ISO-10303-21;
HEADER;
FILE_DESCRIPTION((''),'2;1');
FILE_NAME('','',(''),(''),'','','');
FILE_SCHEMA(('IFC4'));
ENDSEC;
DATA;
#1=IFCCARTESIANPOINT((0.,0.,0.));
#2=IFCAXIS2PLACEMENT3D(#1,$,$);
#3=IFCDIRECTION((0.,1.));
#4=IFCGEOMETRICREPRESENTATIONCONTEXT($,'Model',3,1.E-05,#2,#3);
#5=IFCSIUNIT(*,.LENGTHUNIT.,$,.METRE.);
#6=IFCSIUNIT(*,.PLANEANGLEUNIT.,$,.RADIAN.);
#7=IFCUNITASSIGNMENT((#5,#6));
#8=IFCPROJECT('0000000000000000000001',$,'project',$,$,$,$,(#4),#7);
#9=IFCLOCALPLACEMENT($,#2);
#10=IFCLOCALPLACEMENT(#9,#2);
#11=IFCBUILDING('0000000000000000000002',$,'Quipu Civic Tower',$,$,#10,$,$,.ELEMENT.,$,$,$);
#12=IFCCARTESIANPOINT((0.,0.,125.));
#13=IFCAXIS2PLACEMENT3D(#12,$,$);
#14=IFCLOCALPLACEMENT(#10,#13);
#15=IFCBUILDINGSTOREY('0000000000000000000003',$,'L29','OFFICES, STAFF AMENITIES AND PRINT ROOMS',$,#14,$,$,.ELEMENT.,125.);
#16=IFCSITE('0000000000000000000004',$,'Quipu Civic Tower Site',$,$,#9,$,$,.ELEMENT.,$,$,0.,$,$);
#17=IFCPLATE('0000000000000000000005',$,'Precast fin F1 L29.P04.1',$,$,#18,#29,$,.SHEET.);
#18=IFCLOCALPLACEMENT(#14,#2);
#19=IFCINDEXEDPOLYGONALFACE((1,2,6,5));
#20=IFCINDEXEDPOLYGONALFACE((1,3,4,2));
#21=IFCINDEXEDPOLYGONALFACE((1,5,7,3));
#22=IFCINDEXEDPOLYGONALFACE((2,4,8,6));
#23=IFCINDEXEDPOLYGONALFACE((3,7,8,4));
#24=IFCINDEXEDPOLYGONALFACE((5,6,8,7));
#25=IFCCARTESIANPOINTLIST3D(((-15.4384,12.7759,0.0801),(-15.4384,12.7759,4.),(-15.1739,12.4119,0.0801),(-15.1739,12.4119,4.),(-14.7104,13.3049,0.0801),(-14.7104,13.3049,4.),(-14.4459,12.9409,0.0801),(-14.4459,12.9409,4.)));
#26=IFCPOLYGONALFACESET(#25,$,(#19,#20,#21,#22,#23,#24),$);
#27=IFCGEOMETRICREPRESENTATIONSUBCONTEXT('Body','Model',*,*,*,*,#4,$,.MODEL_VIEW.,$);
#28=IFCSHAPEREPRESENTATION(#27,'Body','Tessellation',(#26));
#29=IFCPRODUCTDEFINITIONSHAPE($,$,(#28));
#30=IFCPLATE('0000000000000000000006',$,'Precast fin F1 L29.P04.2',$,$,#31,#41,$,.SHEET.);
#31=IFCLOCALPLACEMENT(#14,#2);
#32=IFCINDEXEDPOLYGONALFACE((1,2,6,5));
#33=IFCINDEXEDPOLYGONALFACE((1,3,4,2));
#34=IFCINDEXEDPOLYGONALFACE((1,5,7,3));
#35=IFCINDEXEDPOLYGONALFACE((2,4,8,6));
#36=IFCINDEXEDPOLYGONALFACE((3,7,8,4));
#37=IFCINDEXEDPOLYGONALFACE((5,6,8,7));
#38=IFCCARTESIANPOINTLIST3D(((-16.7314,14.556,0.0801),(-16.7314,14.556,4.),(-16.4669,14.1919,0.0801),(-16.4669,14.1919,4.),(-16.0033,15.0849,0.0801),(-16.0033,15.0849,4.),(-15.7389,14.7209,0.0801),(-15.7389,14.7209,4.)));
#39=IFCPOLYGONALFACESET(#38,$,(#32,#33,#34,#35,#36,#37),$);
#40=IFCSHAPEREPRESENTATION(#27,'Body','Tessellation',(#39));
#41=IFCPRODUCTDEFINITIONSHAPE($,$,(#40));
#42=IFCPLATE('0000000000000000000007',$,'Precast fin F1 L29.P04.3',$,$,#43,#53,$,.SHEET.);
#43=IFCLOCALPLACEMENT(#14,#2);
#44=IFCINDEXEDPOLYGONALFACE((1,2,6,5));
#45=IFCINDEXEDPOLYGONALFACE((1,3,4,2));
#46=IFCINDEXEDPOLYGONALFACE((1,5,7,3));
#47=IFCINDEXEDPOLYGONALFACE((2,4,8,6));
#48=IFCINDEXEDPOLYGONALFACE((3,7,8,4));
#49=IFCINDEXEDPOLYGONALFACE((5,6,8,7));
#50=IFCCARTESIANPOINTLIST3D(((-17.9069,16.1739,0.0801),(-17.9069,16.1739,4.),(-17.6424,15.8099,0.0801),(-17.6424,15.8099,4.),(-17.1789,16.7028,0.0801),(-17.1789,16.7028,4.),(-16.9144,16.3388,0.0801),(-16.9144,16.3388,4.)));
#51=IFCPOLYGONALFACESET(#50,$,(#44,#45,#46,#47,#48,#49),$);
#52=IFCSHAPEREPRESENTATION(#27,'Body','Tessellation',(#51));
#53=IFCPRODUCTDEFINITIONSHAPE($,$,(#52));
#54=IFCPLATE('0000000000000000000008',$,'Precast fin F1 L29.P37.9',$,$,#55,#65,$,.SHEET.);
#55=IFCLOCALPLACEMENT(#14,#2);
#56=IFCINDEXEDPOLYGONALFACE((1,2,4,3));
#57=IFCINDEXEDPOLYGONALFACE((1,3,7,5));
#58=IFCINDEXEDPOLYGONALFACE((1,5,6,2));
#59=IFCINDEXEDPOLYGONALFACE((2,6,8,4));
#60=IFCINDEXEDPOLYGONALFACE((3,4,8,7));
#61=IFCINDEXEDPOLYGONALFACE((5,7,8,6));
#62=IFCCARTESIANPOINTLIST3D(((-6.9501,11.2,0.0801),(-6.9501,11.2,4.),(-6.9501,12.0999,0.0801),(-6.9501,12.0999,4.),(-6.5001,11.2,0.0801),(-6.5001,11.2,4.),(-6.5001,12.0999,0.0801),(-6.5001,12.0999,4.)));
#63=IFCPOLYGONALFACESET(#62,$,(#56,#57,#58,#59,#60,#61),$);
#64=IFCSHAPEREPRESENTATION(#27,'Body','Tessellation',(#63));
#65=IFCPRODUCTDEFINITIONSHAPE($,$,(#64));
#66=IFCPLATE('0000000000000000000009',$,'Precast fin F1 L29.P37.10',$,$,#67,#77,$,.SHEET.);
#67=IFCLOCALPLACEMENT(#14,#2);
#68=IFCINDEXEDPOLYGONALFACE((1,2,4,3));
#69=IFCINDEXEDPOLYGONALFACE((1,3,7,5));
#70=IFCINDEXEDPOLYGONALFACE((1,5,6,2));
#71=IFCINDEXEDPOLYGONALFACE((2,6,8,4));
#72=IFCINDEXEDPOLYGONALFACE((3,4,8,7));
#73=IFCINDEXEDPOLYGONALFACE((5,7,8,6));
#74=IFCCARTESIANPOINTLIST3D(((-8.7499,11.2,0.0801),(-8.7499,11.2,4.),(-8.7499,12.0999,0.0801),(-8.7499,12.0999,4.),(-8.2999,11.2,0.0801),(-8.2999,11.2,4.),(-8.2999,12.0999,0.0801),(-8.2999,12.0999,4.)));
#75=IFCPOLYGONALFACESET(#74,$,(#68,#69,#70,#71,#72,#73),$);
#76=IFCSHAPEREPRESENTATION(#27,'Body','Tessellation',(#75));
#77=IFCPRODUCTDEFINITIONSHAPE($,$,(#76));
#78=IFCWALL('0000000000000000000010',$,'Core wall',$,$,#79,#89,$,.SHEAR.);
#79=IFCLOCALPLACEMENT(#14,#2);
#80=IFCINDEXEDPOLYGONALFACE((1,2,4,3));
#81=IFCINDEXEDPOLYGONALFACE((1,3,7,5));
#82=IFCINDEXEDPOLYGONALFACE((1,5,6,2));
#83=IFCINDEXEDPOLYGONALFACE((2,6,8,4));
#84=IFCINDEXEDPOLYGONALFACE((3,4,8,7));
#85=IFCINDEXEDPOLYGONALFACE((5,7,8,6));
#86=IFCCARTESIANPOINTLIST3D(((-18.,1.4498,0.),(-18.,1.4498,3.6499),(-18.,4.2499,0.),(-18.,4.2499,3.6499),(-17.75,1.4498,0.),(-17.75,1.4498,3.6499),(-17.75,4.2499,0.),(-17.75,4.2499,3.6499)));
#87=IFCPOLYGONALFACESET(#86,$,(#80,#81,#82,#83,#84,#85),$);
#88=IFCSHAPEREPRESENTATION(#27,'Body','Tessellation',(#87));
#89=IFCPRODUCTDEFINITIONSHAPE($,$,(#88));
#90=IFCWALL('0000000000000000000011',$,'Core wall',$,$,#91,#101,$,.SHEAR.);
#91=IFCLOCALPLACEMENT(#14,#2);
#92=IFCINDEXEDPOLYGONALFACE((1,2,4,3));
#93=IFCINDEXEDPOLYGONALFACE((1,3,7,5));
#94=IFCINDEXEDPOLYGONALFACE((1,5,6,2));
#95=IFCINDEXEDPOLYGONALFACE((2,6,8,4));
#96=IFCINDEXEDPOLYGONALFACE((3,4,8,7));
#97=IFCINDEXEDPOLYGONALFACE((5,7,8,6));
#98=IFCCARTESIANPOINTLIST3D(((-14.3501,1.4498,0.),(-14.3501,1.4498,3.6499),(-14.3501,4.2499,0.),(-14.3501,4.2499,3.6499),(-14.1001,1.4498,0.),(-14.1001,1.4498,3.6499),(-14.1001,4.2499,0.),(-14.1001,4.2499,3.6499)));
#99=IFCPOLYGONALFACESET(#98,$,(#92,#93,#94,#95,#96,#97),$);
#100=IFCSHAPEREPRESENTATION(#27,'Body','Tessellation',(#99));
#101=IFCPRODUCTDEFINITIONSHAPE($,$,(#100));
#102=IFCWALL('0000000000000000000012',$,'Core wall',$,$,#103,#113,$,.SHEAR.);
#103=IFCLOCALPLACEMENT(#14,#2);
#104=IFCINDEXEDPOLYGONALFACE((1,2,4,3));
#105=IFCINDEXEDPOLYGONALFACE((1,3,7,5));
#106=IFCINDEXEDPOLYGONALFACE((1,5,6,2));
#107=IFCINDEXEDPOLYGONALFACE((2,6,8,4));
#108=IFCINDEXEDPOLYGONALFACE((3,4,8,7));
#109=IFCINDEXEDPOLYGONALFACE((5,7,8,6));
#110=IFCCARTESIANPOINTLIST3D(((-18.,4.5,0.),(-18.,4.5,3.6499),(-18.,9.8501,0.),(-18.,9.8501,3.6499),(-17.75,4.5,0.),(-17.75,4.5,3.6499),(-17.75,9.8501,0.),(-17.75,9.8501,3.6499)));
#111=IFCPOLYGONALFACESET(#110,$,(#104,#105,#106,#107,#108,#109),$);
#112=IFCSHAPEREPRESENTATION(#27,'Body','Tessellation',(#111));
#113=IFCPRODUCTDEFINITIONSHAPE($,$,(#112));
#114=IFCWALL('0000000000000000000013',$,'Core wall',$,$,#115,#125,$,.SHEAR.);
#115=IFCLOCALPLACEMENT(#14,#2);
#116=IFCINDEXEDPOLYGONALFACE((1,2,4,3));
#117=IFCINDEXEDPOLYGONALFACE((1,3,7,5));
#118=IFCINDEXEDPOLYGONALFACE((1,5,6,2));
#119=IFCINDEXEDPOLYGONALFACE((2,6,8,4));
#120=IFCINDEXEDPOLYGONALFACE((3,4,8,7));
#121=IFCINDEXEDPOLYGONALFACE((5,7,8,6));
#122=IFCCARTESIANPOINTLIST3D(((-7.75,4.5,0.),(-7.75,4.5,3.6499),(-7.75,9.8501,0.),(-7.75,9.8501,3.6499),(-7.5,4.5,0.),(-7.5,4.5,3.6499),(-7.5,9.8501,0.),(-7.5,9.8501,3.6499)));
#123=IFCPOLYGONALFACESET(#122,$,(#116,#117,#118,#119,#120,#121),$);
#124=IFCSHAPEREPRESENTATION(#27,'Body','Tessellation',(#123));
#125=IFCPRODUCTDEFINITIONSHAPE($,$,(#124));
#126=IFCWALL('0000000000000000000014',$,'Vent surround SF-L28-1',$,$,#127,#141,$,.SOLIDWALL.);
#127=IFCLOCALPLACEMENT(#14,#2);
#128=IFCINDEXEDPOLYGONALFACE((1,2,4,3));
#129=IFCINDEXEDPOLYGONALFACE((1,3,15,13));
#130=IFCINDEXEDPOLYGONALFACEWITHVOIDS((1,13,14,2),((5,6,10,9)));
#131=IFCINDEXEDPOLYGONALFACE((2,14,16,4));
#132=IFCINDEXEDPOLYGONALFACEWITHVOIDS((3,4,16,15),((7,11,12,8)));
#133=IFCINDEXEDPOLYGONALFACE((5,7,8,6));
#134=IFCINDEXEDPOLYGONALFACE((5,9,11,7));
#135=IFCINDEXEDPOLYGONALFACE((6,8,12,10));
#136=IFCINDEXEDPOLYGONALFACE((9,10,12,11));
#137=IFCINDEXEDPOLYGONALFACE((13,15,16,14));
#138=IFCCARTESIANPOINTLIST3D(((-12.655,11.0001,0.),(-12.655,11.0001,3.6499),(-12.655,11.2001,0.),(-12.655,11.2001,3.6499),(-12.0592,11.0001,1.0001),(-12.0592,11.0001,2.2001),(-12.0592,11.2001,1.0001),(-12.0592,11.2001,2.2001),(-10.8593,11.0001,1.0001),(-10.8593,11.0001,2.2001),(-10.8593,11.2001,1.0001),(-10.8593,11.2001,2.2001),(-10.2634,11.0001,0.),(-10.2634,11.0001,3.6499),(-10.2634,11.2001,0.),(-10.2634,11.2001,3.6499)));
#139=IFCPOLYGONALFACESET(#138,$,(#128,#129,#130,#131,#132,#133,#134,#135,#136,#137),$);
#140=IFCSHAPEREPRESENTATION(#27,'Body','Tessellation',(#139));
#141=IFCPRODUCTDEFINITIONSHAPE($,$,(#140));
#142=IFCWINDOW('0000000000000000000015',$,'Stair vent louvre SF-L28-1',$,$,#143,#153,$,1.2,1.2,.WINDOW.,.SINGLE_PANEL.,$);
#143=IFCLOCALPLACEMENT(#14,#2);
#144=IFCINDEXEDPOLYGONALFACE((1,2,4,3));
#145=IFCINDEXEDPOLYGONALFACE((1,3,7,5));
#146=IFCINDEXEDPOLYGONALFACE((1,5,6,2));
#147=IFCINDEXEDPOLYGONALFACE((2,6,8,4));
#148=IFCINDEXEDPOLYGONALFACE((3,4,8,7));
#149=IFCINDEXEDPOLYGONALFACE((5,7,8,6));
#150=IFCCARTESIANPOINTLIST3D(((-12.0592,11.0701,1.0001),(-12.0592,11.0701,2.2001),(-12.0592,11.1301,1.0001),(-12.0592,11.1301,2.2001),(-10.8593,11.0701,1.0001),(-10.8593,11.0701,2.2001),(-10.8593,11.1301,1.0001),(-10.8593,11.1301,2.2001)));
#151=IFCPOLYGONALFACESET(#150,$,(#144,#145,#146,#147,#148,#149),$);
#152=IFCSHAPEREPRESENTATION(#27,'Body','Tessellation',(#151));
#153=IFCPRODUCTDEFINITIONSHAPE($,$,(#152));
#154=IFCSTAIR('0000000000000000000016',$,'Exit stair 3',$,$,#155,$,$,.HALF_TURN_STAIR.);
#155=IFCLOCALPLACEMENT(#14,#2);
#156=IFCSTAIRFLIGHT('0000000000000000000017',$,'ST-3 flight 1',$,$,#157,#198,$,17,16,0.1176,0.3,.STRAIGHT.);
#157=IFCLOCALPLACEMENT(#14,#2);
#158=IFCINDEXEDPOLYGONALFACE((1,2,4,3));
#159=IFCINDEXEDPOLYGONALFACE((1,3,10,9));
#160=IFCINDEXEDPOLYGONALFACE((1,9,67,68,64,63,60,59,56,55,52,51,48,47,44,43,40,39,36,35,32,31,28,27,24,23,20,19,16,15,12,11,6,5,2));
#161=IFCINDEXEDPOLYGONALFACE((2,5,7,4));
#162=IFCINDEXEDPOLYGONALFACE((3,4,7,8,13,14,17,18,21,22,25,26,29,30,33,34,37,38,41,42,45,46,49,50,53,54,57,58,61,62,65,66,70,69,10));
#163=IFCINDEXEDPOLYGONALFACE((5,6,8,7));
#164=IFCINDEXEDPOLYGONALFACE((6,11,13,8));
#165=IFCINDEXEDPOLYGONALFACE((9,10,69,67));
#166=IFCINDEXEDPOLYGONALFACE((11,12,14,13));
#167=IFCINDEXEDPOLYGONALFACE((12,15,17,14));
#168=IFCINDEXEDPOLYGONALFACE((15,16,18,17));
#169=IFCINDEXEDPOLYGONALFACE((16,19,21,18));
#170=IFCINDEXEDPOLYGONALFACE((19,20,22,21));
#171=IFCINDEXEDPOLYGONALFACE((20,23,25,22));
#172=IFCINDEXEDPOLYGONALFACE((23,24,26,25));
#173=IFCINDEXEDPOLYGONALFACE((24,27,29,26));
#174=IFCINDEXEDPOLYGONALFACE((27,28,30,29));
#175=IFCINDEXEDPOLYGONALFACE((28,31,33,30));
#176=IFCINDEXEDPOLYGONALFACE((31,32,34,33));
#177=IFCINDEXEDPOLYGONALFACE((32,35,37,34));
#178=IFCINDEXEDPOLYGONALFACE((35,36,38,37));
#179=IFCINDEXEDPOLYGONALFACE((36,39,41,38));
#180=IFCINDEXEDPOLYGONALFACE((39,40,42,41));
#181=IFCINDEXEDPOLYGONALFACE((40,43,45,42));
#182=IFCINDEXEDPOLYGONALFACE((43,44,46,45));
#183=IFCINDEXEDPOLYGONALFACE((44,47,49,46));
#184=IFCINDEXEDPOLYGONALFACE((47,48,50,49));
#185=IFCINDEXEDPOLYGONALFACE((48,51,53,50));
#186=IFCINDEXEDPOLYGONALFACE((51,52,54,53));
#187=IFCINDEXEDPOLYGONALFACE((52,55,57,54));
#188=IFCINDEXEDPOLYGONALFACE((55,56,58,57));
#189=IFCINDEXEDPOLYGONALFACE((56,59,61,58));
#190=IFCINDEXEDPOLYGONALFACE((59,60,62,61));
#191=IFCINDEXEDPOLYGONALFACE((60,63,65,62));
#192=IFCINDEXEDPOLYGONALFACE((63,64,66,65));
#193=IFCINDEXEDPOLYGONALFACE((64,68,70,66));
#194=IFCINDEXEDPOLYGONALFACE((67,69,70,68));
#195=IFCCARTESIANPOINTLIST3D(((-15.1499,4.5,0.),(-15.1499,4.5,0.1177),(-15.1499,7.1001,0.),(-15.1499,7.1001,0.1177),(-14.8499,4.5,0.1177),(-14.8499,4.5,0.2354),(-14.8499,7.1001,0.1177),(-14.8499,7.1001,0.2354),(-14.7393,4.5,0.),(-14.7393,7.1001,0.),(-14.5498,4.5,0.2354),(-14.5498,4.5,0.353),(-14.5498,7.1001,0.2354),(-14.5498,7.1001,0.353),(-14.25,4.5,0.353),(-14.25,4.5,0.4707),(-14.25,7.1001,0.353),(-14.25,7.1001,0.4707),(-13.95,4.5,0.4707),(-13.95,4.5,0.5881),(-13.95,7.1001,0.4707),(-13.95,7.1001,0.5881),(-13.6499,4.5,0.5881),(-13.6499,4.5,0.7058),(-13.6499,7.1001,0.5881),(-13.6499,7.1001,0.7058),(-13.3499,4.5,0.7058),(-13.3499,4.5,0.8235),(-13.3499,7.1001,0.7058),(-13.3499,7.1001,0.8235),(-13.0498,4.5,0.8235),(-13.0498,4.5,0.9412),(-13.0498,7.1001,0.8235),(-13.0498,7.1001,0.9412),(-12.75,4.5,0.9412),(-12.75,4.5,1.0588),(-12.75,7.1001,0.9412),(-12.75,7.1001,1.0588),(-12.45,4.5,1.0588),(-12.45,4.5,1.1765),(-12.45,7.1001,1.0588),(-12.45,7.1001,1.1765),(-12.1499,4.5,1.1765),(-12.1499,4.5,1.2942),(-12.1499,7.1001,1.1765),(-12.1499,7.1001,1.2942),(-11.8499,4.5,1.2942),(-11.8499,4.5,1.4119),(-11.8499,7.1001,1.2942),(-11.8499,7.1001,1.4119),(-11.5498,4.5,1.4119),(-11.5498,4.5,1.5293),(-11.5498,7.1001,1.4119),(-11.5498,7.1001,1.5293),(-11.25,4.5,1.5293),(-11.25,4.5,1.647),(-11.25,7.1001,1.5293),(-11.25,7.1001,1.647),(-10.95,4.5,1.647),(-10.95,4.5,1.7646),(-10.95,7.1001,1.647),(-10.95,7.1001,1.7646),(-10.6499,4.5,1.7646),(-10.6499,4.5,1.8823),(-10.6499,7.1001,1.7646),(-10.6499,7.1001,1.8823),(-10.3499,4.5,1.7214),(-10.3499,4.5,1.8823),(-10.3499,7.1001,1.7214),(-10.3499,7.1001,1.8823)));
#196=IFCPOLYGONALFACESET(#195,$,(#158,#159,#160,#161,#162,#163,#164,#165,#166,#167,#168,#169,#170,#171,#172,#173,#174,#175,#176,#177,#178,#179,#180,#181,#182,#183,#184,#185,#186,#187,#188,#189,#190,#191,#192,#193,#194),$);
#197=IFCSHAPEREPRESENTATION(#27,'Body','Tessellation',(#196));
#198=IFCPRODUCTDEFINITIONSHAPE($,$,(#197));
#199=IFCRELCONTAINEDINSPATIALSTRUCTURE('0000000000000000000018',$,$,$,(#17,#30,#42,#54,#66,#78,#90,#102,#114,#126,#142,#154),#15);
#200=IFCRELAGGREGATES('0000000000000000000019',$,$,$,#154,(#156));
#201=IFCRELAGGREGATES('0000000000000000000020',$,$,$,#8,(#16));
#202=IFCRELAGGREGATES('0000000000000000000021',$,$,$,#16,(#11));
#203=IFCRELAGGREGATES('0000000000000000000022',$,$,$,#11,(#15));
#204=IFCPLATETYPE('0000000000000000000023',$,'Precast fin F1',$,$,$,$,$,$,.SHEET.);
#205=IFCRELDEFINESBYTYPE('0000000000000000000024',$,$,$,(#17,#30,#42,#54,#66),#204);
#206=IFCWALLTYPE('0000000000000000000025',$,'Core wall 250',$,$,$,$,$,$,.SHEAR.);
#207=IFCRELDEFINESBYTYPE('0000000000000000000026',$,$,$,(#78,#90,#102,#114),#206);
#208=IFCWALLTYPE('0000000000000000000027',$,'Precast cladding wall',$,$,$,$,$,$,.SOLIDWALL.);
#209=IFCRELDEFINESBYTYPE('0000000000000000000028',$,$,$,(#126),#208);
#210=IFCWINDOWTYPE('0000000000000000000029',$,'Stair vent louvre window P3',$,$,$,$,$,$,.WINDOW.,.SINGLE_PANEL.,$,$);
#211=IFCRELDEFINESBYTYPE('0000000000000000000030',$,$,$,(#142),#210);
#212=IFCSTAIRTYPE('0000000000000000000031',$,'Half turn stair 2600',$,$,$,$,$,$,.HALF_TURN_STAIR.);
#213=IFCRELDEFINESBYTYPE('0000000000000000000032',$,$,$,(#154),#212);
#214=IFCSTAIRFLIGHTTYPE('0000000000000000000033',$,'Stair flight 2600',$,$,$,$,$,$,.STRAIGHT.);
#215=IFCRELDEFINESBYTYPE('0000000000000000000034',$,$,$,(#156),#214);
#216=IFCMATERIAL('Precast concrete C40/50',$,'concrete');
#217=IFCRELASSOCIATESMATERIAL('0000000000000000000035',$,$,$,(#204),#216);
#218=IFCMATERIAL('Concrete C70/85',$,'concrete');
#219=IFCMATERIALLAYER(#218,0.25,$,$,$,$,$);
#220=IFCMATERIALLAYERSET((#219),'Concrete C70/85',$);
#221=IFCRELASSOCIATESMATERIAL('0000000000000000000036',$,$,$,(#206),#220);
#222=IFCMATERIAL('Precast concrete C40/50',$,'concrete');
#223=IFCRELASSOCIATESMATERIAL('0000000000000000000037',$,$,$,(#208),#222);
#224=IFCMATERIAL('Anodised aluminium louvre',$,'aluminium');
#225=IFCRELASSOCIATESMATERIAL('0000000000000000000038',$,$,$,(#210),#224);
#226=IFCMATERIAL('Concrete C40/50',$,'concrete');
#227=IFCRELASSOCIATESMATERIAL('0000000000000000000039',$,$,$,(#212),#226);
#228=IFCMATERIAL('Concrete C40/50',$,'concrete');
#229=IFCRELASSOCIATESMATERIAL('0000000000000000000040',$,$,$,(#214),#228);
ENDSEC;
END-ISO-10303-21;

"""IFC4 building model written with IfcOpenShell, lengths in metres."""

from ifc_helpers import new_model, si_unit, direction, frame, frame_2d, origin, origin_2d, place, context, subcontext, project, spatial, polyline, rectangle, outline, extrude, material, layer, layer_set, type_object, element, fill, aggregate, save


model = new_model("IFC4")

# Units and contexts
model_context = context("Model", 3, precision=1e-05, world=origin(), true_north=direction((0.0, 1.0)))
body_context = subcontext(model_context, "Body", "Model", "MODEL_VIEW")
ifc_project = project(units=[si_unit("LENGTHUNIT", "METRE"), si_unit("PLANEANGLEUNIT", "RADIAN")], contexts=[model_context])

# Site, building, storey
site_placement = place(None, origin())
site = spatial("IfcSite", under=ifc_project, at=site_placement, Name="Quipu Civic Tower Site", CompositionType="ELEMENT", RefElevation=0.0)
building_placement = place(site_placement, origin())
building = spatial("IfcBuilding", under=site, at=building_placement, Name="Quipu Civic Tower", CompositionType="ELEMENT")
storey_placement = place(building_placement, frame((0.0, 0.0, 125.0)))
storey = spatial("IfcBuildingStorey", under=building, at=storey_placement, Name="L29", Description="OFFICES, STAFF AMENITIES AND PRINT ROOMS", CompositionType="ELEMENT", Elevation=125.0)

# Plates
ifc_material_1 = material(Name="Precast concrete C40/50", Category="concrete")
plate_type_1 = type_object("IfcPlateType", Name="Precast fin F1", PredefinedType="SHEET", material=ifc_material_1)
for number, where, z_axis, x_axis, name in (
    (1, (-14.9421, 12.8584, 0.0801), (0.0, 0.0, 1.0), (-0.587785, 0.809017, 0.0), "Precast fin F1 L29.P04.1"),
    (2, (-16.2351, 14.6384, 0.0801), (0.0, 0.0, 1.0), (-0.587785, 0.809017, 0.0), "Precast fin F1 L29.P04.2"),
    (3, (-17.4106, 16.2563, 0.0801), (0.0, 0.0, 1.0), (-0.587785, 0.809017, 0.0), "Precast fin F1 L29.P04.3"),
    (4, (-6.7251, 11.6499, 0.0801), (0.0, 0.0, 1.0), (-1.0, 0.0, 0.0), "Precast fin F1 L29.P37.9"),
    (5, (-8.5249, 11.6499, 0.0801), (0.0, 0.0, 1.0), (-1.0, 0.0, 0.0), "Precast fin F1 L29.P37.10"),
):
    element("IfcPlate", number, at=place(storey_placement, frame(where, z_axis=z_axis, x_axis=x_axis)), inside=storey, type_object=plate_type_1, Name=name, PredefinedType="SHEET", context=body_context, shape_type="SweptSolid", body=[
        extrude(rectangle(XDim=0.45, YDim=0.8999, at=origin_2d()), origin(), (0.0, 0.0, 1.0), 3.9199),
    ])

# Walls
ifc_material_2 = material(Name="Concrete C70/85", Category="concrete")
ifc_layer_1 = layer(ifc_material_2, 0.25)
ifc_layer_set_1 = layer_set([ifc_layer_1], Name="Concrete C70/85")
wall_type_1 = type_object("IfcWallType", Name="Core wall 250", PredefinedType="SHEAR", material=ifc_layer_set_1)
for number, where, z_axis, x_axis, name in (
    (6, (-17.875, 1.45, 0.0), (0.0, 0.0, 1.0), (0.0, 1.0, 0.0), "Core wall"),
    (7, (-14.2251, 1.45, 0.0), (0.0, 0.0, 1.0), (0.0, 1.0, 0.0), "Core wall"),
):
    element("IfcWall", number, at=place(storey_placement, frame(where, z_axis=z_axis, x_axis=x_axis)), inside=storey, type_object=wall_type_1, Name=name, PredefinedType="SHEAR", context=body_context, shape_type="SweptSolid", body=[
        extrude(rectangle(XDim=2.8, YDim=0.25, at=frame_2d((1.3999, 0.0))), origin(), (0.0, 0.0, 1.0), 3.6499),
    ])
for number, where, z_axis, x_axis, name in (
    (8, (-17.875, 4.5, 0.0), (0.0, 0.0, 1.0), (0.0, 1.0, 0.0), "Core wall"),
    (9, (-7.625, 4.5, 0.0), (0.0, 0.0, 1.0), (0.0, 1.0, 0.0), "Core wall"),
):
    element("IfcWall", number, at=place(storey_placement, frame(where, z_axis=z_axis, x_axis=x_axis)), inside=storey, type_object=wall_type_1, Name=name, PredefinedType="SHEAR", context=body_context, shape_type="SweptSolid", body=[
        extrude(rectangle(XDim=5.3501, YDim=0.25, at=frame_2d((2.675, 0.0))), origin(), (0.0, 0.0, 1.0), 3.6499),
    ])

# Wall, opening, window
ifc_material_3 = material(Name="Precast concrete C40/50", Category="concrete")
wall_type_2 = type_object("IfcWallType", Name="Precast cladding wall", PredefinedType="SOLIDWALL", material=ifc_material_3)
wall_placement = place(storey_placement, frame((-10.2634, 11.1001, 0.0), z_axis=(0.0, 0.0, 1.0), x_axis=(-1.0, 0.0, 0.0)))
wall = element("IfcWall", 10, at=wall_placement, inside=storey, type_object=wall_type_2, Name="Vent surround SF-L28-1", PredefinedType="SOLIDWALL", context=body_context, shape_type="SweptSolid", body=[
    extrude(rectangle(XDim=2.3916, YDim=0.2, at=frame_2d((1.1958, 0.0))), origin(), (0.0, 0.0, 1.0), 3.6499),
])
opening_placement = place(wall_placement, frame((0.5957, 0.0, 1.0)))
opening = element("IfcOpeningElement", 11, at=opening_placement, cuts=wall, PredefinedType="OPENING", context=body_context, shape_type="SweptSolid", body=[
    extrude(rectangle(XDim=1.2, YDim=1.2, at=frame_2d((0.6001, 0.6001))), frame((0.0, 0.1099, 0.0), z_axis=(0.0, -1.0, 0.0), x_axis=(1.0, 0.0, 0.0)), (0.0, 0.0, 1.0), 0.22),
])
ifc_material_4 = material(Name="Anodised aluminium louvre", Category="aluminium")
window_type = type_object("IfcWindowType", Name="Stair vent louvre window P3", PartitioningType="SINGLE_PANEL", PredefinedType="WINDOW", material=ifc_material_4)
window_placement = place(opening_placement, origin())
window = element("IfcWindow", 12, at=window_placement, inside=storey, type_object=window_type, Name="Stair vent louvre SF-L28-1", OverallHeight=1.2, OverallWidth=1.2, PartitioningType="SINGLE_PANEL", PredefinedType="WINDOW", context=body_context, shape_type="SweptSolid", body=[
    extrude(rectangle(XDim=1.2, YDim=1.2, at=frame_2d((0.6001, 0.6001))), frame((0.0, 0.03, 0.0), z_axis=(0.0, -1.0, 0.0), x_axis=(1.0, 0.0, 0.0)), (0.0, 0.0, 1.0), 0.0601),
])
fill(opening, window)

# Stair, stair flight
ifc_material_5 = material(Name="Concrete C40/50", Category="concrete")
stair_type = type_object("IfcStairType", Name="Half turn stair 2600", PredefinedType="HALF_TURN_STAIR", material=ifc_material_5)
stair_placement = place(storey_placement, origin())
stair = element("IfcStair", 13, at=stair_placement, inside=storey, type_object=stair_type, Name="Exit stair 3", PredefinedType="HALF_TURN_STAIR")
ifc_material_6 = material(Name="Concrete C40/50", Category="concrete")
stair_flight_type = type_object("IfcStairFlightType", Name="Stair flight 2600", PredefinedType="STRAIGHT", material=ifc_material_6)
stair_flight_1_placement = place(storey_placement, frame((-15.1499, 5.8, 0.0), z_axis=(0.0, 0.0, 1.0), x_axis=(1.0, 0.0, 0.0)))
stair_flight_1 = element("IfcStairFlight", 14, at=stair_flight_1_placement, type_object=stair_flight_type, Name="ST-3 flight 1", NumberOfRisers=17, NumberOfTreads=16, PredefinedType="STRAIGHT", RiserHeight=0.1176, TreadLength=0.3, context=body_context, shape_type="SweptSolid", body=[
    extrude(outline(polyline([(0.0, 0.0), (0.0, 0.1177), (0.3, 0.1177), (0.3, 0.2354), (0.6001, 0.2354), (0.6001, 0.353), (0.8999, 0.353), (0.8999, 0.4707), (1.2, 0.4707), (1.2, 0.5881), (1.5, 0.5881), (1.5, 0.7058), (1.8, 0.7058), (1.8, 0.8235), (2.1001, 0.8235), (2.1001, 0.9412), (2.3999, 0.9412), (2.3999, 1.0588), (2.7, 1.0588), (2.7, 1.1765), (3.0, 1.1765), (3.0, 1.2942), (3.3, 1.2942), (3.3, 1.4119), (3.6001, 1.4119), (3.6001, 1.5293), (3.8999, 1.5293), (3.8999, 1.647), (4.2, 1.647), (4.2, 1.7646), (4.5, 1.7646), (4.5, 1.8823), (4.8, 1.8823), (4.8, 2.0), (4.8, 1.7214), (0.4106, 0.0), (0.0, 0.0)])), frame((0.0, 1.3, 0.0), z_axis=(0.0, -1.0, 0.0), x_axis=(1.0, 0.0, 0.0)), (0.0, 0.0, 1.0), 2.6001),
])
aggregate(stair, [stair_flight_1])

save(model, "model.ifc")
